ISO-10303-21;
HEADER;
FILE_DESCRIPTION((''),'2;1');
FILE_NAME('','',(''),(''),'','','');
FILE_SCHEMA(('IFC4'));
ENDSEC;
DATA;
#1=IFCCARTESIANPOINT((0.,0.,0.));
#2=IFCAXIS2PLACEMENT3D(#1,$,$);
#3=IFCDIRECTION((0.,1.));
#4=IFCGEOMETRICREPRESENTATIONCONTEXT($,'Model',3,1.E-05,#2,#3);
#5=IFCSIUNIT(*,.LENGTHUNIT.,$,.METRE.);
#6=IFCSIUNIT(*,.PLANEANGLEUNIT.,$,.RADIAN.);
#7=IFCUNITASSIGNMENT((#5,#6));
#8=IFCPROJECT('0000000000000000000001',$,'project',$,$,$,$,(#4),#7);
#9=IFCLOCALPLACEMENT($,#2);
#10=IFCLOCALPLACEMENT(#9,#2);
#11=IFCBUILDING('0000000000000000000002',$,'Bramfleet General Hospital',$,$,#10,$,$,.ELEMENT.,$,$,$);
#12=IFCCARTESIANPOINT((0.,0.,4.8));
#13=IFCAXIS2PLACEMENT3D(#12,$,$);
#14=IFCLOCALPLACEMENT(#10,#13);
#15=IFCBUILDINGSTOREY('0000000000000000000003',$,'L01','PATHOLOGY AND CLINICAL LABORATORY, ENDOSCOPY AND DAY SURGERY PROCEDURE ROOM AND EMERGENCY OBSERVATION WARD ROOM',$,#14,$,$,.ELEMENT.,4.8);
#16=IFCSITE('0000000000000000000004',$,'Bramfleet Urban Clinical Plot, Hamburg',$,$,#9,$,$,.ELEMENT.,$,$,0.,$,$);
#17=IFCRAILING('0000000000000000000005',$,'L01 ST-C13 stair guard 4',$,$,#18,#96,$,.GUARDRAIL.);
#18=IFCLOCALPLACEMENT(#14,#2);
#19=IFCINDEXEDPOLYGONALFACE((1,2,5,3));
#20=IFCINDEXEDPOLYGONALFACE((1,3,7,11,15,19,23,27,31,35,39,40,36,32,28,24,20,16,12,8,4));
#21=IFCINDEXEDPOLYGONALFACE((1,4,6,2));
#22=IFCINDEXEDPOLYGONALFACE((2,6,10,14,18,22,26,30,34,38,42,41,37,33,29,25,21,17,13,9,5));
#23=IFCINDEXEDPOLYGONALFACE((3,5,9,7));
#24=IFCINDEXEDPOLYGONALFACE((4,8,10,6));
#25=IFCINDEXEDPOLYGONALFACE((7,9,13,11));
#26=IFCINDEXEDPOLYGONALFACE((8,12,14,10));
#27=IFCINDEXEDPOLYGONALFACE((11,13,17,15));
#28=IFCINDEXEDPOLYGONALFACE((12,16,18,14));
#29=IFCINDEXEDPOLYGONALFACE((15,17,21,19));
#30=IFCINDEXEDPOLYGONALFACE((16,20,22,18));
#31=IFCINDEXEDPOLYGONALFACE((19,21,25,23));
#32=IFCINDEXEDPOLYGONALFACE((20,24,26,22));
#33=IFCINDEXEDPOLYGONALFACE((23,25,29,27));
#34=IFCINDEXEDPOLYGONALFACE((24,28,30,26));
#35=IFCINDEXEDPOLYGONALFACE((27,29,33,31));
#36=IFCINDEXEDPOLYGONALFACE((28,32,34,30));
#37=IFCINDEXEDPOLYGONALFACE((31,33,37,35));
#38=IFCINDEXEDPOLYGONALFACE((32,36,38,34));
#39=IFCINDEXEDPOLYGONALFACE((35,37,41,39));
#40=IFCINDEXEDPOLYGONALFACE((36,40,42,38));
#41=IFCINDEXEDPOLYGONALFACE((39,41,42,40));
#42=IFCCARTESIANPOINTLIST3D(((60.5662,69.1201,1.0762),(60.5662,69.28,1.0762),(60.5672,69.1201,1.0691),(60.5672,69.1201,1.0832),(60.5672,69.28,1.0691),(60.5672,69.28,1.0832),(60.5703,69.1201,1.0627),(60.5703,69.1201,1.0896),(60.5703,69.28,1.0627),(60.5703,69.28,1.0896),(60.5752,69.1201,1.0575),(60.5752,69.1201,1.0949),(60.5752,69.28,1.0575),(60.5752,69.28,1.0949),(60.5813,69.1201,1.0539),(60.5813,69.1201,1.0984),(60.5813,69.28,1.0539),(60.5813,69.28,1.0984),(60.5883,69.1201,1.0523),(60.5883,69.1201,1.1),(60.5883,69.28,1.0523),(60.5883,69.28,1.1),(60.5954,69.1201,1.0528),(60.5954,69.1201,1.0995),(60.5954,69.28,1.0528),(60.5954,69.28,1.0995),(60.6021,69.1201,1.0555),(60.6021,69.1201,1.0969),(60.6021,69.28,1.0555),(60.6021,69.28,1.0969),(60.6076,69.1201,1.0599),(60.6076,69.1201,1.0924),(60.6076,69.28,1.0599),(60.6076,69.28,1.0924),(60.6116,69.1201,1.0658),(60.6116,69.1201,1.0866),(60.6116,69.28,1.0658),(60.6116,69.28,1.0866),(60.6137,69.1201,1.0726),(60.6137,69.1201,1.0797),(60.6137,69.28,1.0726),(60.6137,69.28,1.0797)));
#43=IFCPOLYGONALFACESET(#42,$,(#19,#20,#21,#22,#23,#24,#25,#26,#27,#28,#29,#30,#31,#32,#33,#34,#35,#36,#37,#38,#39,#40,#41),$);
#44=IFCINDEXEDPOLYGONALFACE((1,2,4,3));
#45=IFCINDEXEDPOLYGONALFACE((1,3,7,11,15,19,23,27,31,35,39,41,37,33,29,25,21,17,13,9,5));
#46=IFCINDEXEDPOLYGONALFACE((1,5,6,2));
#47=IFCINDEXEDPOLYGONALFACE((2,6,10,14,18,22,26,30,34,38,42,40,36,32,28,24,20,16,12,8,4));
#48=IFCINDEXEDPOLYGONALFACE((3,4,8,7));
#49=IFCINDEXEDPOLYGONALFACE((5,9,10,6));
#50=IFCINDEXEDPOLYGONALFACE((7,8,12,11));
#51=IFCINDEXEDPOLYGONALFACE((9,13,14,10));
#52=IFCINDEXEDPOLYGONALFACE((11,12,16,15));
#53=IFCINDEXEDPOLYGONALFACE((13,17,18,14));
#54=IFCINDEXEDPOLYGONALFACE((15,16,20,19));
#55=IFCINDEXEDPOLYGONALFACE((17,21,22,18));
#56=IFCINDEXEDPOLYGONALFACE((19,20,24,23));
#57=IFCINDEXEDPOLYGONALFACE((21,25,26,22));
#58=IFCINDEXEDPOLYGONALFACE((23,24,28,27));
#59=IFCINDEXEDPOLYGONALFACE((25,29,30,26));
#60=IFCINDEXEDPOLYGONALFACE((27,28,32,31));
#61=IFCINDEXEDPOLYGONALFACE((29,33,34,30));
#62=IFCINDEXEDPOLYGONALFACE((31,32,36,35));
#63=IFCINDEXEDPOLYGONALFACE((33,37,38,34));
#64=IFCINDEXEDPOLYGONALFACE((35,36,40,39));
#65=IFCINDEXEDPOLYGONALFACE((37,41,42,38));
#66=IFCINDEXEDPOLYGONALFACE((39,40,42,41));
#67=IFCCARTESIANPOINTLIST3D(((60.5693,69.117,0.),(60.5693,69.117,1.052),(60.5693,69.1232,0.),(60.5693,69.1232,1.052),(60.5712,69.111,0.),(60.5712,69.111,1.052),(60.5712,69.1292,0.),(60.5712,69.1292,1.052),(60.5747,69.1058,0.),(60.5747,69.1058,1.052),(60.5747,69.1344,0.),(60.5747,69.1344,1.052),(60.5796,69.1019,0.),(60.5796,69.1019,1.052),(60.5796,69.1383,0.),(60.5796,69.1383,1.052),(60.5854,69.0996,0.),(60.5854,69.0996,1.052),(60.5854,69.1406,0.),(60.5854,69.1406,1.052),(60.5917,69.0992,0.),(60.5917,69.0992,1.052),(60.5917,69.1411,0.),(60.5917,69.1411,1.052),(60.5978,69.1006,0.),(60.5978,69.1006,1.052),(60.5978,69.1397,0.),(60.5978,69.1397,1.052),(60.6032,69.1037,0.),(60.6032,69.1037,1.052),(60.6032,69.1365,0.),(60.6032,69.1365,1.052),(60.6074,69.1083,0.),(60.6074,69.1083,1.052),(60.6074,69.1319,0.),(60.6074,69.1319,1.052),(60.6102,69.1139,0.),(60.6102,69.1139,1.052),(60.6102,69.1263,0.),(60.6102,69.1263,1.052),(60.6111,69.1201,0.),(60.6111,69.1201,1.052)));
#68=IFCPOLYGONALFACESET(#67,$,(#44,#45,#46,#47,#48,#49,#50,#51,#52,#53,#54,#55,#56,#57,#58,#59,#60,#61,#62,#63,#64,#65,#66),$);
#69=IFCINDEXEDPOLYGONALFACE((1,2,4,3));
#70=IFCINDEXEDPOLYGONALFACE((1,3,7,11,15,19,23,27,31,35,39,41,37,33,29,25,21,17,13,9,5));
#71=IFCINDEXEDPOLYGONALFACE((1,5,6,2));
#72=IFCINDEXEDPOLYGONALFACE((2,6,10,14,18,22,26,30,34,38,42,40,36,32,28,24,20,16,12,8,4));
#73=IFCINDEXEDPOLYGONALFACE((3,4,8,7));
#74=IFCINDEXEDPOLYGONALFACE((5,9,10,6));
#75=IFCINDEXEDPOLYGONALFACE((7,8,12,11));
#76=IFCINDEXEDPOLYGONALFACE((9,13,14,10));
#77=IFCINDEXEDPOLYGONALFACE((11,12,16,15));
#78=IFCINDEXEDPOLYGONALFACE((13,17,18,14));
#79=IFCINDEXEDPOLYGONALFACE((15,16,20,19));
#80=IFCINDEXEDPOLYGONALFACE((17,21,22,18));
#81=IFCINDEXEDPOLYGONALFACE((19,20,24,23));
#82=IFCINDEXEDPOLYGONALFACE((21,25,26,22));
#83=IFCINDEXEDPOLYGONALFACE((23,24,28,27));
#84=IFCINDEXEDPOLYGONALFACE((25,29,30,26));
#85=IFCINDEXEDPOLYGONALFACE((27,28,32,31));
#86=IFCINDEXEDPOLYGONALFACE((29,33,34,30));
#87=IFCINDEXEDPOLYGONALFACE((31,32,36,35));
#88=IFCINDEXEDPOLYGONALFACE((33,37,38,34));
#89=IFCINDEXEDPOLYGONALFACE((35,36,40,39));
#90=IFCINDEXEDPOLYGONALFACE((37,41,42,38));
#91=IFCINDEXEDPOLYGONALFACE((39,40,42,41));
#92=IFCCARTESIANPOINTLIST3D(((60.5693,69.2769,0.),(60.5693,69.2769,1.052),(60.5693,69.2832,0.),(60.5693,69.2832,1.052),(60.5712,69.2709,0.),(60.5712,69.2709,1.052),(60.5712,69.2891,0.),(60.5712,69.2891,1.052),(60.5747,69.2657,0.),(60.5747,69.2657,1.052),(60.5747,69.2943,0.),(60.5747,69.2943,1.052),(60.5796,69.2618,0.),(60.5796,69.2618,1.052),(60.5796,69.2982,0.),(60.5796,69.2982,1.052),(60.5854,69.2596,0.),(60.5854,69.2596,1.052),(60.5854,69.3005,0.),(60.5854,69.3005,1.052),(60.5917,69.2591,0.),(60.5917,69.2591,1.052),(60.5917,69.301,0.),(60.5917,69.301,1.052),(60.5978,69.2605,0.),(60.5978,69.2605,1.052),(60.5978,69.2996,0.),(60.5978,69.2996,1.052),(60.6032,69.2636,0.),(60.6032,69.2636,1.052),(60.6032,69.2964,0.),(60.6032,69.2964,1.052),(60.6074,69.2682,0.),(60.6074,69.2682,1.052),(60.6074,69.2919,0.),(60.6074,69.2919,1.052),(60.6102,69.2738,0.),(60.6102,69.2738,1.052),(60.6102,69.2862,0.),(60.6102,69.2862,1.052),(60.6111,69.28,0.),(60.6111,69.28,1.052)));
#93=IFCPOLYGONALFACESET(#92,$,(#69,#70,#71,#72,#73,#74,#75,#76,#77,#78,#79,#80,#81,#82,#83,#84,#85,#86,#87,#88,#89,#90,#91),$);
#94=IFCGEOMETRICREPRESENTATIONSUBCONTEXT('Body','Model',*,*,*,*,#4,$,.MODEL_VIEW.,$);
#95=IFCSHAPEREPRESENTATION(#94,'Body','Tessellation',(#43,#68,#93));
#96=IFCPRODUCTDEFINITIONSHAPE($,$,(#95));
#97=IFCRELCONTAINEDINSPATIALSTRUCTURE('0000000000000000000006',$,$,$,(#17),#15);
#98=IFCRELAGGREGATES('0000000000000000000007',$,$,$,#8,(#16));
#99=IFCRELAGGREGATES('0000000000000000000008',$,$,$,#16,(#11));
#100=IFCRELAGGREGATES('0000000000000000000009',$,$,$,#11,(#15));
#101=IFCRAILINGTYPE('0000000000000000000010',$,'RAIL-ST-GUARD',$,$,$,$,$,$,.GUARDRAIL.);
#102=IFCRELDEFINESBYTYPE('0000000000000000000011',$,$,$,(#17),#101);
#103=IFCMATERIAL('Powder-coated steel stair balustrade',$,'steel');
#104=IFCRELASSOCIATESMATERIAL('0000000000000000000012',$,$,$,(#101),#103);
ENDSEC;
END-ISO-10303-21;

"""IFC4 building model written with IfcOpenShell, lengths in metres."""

from ifc_helpers import new_model, si_unit, direction, frame, origin, origin_2d, place, context, subcontext, project, spatial, circle, extrude, material, type_object, element, save


model = new_model("IFC4")

# Units and contexts
model_context = context("Model", 3, precision=1e-05, world=origin(), true_north=direction((0.0, 1.0)))
body_context = subcontext(model_context, "Body", "Model", "MODEL_VIEW")
ifc_project = project(units=[si_unit("LENGTHUNIT", "METRE"), si_unit("PLANEANGLEUNIT", "RADIAN")], contexts=[model_context])

# Site, building, storey
site_placement = place(None, origin())
site = spatial("IfcSite", under=ifc_project, at=site_placement, Name="Bramfleet Urban Clinical Plot, Hamburg", CompositionType="ELEMENT", RefElevation=0.0)
building_placement = place(site_placement, origin())
building = spatial("IfcBuilding", under=site, at=building_placement, Name="Bramfleet General Hospital", CompositionType="ELEMENT")
storey_placement = place(building_placement, frame((0.0, 0.0, 4.8)))
storey = spatial("IfcBuildingStorey", under=building, at=storey_placement, Name="L01", Description="PATHOLOGY AND CLINICAL LABORATORY, ENDOSCOPY AND DAY SURGERY PROCEDURE ROOM AND EMERGENCY OBSERVATION WARD ROOM", CompositionType="ELEMENT", Elevation=4.8)

# Railing
ifc_material_1 = material(Name="Powder-coated steel stair balustrade", Category="steel")
railing_type_1 = type_object("IfcRailingType", Name="RAIL-ST-GUARD", PredefinedType="GUARDRAIL", material=ifc_material_1)
railing_1_placement = place(storey_placement, frame((60.5901, 69.1201, 0.0)))
element("IfcRailing", 1, at=railing_1_placement, inside=storey, type_object=railing_type_1, Name="L01 ST-C13 stair guard 4", PredefinedType="GUARDRAIL", context=body_context, shape_type="SweptSolid", body=[
    extrude(circle(Radius=0.0239, at=origin_2d()), frame((0.0, 0.0, 1.0762), z_axis=(0.0, 1.0, 0.0), x_axis=(-1.0, 0.0, 0.0)), (0.0, 0.0, 1.0), 0.1599),
    extrude(circle(Radius=0.021, at=origin_2d()), origin(), (0.0, 0.0, 1.0), 1.052),
    extrude(circle(Radius=0.021, at=origin_2d()), frame((0.0, 0.1599, 0.0)), (0.0, 0.0, 1.0), 1.052),
])

save(model, "model.ifc")
